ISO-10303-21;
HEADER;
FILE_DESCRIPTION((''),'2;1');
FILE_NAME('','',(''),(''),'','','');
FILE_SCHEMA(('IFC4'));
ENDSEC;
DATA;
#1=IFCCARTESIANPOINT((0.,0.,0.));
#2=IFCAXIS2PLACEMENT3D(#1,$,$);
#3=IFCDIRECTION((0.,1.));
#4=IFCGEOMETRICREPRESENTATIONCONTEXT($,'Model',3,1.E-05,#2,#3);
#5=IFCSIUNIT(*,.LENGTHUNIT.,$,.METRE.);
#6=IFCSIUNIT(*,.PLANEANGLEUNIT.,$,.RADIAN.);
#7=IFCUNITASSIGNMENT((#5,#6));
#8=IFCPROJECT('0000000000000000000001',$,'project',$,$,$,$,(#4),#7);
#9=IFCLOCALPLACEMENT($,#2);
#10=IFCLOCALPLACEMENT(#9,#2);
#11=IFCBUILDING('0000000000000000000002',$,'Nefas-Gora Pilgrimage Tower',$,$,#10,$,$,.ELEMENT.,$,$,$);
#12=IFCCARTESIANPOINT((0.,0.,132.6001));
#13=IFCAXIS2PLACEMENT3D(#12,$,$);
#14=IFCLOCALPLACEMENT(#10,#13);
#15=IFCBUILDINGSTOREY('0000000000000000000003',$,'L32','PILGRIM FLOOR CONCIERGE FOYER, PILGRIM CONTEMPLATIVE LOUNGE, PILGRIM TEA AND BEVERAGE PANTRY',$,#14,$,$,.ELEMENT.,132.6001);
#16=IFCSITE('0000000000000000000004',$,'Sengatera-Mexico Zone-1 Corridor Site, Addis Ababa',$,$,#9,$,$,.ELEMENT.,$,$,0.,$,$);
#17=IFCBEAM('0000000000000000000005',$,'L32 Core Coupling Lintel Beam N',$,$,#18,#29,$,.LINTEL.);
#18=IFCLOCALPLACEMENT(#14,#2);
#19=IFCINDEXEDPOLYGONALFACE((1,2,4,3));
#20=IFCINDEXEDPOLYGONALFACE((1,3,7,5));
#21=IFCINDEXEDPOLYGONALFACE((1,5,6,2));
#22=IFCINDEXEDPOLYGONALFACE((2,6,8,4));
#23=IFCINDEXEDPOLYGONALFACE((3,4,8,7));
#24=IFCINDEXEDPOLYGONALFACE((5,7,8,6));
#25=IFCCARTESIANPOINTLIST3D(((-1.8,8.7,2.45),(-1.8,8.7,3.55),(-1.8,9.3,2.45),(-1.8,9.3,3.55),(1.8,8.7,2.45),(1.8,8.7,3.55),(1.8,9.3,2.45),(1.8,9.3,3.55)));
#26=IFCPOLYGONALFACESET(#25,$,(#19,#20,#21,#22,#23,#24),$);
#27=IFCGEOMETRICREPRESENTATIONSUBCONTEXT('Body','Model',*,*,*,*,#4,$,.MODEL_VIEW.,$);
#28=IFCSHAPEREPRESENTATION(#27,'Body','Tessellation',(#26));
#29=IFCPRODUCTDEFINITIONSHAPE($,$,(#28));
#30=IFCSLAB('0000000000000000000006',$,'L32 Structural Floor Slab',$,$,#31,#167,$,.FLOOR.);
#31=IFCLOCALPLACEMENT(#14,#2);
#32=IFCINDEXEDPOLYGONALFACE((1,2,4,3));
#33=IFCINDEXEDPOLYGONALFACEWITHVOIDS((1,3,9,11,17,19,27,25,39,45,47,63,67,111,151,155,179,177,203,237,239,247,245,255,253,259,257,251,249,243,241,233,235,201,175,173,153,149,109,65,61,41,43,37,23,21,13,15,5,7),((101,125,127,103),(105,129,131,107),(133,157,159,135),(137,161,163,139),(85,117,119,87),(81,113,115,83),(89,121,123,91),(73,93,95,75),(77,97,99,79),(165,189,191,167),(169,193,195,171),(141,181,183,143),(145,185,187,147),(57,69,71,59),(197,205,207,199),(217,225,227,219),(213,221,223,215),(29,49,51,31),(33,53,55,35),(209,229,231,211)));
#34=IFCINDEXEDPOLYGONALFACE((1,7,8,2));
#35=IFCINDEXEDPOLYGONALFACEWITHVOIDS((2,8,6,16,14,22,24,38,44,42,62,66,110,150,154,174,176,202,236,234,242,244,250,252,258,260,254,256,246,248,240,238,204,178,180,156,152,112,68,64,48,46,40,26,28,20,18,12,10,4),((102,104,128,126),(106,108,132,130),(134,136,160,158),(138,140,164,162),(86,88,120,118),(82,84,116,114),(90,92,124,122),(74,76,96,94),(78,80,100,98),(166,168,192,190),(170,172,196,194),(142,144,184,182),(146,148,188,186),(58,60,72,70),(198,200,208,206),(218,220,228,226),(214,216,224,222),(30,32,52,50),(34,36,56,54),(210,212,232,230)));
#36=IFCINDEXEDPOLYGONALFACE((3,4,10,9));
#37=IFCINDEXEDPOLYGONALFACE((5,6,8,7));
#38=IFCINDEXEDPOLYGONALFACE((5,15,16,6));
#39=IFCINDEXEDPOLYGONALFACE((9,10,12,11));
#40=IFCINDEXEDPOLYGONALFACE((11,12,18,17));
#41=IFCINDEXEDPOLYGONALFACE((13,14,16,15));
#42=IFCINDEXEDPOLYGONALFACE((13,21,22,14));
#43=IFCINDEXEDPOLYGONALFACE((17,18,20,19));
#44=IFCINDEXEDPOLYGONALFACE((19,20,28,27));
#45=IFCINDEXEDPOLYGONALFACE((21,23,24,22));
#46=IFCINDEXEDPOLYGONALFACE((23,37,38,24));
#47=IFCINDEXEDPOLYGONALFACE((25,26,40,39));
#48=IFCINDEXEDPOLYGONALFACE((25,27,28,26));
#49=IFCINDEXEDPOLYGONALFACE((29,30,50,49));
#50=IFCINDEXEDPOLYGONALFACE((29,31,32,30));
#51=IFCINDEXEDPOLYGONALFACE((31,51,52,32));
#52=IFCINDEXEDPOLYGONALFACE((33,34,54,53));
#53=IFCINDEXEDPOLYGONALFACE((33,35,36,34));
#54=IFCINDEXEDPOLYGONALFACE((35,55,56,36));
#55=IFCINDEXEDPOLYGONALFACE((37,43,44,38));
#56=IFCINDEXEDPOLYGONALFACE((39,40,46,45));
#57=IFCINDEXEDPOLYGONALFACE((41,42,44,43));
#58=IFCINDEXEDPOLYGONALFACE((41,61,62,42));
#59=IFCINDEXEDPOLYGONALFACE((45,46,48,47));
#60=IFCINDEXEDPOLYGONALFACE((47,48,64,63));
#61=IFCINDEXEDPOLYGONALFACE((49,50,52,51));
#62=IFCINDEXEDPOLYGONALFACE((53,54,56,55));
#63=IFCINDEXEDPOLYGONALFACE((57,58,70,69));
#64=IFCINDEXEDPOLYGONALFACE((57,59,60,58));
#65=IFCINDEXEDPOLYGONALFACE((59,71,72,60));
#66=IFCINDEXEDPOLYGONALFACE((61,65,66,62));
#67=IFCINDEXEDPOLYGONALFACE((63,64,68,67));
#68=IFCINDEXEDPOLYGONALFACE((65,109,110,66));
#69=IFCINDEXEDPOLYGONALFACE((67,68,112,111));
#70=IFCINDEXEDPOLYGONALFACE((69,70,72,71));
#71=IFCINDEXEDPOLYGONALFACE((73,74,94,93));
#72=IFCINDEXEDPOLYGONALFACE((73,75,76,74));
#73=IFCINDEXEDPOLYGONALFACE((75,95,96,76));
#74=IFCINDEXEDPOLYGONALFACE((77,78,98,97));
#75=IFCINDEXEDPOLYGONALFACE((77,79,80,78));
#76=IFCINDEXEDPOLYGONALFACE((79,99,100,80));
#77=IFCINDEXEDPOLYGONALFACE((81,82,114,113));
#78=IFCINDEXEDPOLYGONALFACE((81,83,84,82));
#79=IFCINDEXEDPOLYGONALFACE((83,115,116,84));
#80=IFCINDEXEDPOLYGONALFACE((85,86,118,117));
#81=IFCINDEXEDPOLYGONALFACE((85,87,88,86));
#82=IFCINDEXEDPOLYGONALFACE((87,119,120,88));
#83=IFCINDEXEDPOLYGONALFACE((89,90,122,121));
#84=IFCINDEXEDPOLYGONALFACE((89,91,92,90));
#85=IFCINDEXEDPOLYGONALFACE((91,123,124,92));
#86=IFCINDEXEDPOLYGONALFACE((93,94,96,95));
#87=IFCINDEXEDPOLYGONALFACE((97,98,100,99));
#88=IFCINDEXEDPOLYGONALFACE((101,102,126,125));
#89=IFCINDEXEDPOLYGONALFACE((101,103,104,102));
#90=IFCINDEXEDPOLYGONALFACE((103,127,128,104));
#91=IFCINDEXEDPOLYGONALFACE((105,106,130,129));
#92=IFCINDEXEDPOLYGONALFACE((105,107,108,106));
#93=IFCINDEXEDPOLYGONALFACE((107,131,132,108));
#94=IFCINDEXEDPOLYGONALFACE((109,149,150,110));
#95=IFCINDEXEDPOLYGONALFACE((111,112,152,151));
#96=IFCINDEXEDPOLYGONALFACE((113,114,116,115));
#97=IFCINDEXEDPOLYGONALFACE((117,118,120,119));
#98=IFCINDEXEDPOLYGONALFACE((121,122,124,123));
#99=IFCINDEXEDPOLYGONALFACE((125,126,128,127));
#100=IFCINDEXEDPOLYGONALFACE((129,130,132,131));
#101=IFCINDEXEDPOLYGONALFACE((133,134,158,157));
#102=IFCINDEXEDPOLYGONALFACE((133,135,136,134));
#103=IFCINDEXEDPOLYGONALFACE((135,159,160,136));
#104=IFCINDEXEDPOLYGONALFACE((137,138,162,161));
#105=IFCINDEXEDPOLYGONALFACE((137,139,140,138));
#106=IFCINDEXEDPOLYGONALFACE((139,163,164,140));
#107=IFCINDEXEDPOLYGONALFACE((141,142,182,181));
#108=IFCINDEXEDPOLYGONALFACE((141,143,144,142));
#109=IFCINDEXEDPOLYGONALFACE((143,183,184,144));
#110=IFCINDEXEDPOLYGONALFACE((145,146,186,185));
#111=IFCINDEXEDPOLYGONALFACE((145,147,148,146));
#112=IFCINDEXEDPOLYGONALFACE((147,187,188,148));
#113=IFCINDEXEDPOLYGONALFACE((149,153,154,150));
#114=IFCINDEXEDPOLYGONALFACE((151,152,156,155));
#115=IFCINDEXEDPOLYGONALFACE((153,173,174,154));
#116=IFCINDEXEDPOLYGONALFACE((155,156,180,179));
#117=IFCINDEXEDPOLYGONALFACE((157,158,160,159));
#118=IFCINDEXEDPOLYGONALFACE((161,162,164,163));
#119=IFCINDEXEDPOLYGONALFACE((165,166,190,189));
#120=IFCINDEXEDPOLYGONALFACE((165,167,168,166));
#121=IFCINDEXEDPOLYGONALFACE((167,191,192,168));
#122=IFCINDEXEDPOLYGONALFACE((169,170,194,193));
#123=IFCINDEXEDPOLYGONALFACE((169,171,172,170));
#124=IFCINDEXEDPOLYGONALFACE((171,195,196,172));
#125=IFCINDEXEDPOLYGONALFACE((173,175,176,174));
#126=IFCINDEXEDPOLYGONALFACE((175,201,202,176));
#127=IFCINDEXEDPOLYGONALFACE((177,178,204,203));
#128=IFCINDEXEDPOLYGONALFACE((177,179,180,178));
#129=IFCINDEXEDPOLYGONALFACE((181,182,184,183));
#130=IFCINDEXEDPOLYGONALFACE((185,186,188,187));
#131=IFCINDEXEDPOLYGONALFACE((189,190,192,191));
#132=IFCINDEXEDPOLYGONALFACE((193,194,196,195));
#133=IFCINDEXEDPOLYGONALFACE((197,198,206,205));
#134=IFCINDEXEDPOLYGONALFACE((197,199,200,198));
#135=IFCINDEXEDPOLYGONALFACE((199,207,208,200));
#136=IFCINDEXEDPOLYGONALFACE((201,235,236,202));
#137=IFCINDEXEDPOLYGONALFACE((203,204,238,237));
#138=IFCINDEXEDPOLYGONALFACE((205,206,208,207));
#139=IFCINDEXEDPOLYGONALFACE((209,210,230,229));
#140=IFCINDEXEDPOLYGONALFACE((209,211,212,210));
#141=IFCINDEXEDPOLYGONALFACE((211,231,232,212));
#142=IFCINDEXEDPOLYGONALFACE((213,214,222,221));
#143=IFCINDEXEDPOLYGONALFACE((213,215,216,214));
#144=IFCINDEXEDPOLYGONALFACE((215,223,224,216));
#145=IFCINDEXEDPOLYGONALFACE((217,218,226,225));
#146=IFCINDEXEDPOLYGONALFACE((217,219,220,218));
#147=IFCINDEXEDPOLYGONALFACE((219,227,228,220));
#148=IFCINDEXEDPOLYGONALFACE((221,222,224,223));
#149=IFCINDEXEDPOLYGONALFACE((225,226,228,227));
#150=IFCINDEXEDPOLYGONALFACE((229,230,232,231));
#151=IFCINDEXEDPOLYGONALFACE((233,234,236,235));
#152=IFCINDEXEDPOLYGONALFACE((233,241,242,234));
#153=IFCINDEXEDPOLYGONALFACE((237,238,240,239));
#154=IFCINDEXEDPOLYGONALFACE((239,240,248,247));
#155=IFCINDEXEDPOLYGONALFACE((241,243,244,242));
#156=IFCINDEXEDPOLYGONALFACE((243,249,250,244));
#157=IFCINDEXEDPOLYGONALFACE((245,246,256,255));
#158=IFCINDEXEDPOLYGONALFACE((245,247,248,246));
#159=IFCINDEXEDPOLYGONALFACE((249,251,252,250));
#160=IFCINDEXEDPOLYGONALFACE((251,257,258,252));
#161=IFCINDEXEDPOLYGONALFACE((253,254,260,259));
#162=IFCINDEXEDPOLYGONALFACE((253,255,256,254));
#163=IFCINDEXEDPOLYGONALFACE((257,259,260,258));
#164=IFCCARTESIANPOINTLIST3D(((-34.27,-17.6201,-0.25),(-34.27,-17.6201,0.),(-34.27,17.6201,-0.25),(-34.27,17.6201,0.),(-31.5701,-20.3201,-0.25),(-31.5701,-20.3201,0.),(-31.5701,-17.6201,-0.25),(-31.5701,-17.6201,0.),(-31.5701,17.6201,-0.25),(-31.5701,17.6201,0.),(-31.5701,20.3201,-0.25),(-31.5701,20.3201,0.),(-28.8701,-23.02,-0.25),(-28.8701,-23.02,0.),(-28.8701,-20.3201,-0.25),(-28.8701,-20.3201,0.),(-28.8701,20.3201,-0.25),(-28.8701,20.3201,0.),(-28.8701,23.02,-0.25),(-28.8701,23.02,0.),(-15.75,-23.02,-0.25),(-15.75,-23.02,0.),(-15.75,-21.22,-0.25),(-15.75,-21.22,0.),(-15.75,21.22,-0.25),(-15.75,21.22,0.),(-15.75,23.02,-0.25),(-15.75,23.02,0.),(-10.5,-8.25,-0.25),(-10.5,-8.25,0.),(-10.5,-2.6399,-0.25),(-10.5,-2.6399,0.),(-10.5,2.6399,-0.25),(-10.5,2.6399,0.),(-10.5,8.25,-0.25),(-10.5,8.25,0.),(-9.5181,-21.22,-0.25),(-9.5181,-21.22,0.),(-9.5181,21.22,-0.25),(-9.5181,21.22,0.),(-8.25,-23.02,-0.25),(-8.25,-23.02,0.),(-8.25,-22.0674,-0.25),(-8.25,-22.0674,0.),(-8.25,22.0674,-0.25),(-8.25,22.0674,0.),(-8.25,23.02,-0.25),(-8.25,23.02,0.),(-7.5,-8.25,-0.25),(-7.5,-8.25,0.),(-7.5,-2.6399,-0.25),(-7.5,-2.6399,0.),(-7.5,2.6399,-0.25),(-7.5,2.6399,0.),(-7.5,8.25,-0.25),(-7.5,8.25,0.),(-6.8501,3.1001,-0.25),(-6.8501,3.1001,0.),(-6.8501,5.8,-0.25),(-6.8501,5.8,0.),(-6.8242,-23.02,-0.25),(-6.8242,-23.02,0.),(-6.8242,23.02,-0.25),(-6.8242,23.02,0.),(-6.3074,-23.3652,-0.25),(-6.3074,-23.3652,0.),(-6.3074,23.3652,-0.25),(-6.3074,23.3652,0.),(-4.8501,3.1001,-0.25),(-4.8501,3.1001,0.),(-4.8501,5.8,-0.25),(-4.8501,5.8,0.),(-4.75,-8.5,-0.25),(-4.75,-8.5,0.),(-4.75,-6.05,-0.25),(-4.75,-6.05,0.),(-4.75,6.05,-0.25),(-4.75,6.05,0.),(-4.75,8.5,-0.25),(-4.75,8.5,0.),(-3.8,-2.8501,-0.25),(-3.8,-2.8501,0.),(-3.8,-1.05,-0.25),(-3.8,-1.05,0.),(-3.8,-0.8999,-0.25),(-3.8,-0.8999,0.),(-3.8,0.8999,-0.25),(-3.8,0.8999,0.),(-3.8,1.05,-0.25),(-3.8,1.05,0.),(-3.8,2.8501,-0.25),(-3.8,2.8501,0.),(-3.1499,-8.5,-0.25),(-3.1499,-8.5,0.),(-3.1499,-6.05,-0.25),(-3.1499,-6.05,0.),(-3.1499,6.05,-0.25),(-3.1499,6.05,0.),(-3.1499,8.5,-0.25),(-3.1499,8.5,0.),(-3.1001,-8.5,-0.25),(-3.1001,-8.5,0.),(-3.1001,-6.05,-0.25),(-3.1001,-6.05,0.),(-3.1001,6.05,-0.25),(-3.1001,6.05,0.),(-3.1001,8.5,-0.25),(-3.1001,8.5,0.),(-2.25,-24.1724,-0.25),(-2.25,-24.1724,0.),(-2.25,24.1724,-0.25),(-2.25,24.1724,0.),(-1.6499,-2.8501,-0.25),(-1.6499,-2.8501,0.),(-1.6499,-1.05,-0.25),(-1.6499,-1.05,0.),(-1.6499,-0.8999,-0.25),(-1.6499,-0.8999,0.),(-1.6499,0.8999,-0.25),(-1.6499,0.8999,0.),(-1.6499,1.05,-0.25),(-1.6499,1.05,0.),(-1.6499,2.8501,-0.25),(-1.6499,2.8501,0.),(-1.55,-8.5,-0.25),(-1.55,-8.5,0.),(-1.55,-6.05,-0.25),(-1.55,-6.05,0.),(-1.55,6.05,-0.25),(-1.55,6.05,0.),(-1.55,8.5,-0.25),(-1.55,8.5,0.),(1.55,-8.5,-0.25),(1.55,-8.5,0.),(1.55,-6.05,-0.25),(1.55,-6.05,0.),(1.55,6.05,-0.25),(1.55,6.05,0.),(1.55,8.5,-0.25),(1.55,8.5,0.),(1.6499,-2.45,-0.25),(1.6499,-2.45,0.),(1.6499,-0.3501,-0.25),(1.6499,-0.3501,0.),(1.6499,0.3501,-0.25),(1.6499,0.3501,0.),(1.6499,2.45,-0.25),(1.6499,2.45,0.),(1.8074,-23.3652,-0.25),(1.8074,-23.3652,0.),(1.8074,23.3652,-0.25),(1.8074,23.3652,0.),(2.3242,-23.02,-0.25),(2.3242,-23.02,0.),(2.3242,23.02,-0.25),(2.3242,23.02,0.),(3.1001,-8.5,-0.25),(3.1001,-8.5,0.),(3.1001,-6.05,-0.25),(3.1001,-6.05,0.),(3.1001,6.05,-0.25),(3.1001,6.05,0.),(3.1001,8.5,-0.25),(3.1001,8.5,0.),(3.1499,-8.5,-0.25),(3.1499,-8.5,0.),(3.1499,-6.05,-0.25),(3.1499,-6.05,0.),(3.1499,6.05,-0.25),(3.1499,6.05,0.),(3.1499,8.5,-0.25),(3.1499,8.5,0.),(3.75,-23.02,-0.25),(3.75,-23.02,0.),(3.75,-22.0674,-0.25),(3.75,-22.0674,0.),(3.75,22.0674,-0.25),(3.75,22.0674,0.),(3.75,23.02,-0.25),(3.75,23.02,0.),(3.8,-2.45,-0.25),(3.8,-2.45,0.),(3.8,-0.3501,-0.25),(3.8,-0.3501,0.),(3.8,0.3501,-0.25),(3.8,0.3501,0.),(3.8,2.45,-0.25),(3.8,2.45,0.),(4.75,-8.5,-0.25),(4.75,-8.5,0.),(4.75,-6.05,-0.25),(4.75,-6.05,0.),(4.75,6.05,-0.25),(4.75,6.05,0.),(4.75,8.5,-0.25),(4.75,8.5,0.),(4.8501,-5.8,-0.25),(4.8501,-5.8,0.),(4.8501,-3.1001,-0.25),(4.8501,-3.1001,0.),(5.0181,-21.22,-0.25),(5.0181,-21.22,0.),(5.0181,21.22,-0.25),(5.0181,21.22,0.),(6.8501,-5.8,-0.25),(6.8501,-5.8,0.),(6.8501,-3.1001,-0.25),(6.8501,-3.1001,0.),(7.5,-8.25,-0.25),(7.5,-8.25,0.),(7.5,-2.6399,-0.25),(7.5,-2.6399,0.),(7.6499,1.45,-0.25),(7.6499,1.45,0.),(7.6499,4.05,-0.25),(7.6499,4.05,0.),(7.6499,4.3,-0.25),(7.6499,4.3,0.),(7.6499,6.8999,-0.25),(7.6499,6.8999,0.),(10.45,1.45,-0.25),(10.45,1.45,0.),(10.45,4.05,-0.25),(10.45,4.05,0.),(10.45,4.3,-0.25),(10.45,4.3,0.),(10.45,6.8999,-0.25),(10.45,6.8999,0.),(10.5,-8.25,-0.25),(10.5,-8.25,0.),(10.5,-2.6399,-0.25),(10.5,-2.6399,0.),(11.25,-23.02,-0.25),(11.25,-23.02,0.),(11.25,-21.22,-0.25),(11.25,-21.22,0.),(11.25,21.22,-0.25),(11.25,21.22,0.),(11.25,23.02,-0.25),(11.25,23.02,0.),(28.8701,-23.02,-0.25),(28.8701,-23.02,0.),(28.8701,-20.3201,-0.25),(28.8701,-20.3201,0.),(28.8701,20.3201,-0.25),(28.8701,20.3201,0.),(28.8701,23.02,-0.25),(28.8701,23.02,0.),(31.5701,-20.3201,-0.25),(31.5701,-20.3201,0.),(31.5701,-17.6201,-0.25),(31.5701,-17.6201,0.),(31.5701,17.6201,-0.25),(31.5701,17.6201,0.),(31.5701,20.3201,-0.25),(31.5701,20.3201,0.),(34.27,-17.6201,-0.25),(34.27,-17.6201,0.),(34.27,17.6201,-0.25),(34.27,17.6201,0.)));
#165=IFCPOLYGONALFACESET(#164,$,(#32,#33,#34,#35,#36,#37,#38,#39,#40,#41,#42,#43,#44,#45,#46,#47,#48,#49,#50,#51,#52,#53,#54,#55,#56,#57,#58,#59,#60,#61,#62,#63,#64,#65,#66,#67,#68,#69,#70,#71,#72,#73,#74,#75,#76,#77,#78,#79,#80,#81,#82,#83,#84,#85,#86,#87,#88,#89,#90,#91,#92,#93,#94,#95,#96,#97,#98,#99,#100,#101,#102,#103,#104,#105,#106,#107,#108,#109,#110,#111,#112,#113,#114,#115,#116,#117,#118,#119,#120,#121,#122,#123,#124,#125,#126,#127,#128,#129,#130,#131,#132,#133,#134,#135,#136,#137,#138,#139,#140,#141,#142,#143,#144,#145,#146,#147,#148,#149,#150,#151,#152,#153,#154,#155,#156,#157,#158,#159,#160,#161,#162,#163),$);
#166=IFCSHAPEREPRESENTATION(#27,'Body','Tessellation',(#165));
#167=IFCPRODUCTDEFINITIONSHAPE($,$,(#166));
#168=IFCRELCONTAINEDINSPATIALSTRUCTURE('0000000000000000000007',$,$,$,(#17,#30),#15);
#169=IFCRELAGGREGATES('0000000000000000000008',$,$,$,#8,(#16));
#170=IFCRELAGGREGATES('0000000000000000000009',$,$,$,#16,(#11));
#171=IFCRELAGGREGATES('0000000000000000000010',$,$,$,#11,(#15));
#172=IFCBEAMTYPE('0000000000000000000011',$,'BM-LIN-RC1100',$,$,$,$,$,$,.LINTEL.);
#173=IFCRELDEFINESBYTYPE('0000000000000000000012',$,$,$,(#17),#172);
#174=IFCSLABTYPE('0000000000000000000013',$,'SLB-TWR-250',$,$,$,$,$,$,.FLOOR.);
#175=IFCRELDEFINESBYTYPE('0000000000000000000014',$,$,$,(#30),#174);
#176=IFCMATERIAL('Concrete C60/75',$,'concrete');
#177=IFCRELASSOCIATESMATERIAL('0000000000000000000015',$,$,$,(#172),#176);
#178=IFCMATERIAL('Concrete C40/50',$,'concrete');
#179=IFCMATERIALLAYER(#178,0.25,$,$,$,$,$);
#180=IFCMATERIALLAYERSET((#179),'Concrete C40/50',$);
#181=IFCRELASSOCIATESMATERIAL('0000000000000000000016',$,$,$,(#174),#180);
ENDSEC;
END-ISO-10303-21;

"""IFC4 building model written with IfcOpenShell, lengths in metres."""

from ifc_helpers import new_model, si_unit, direction, frame, origin, origin_2d, place, context, subcontext, project, spatial, polyline, rectangle, outline, extrude, source, transform, mapped, material, layer, layer_set, material_profile, profile_set, type_object, element, save


model = new_model("IFC4")

# Units and contexts
model_context = context("Model", 3, precision=1e-05, world=origin(), true_north=direction((0.0, 1.0)))
body_context = subcontext(model_context, "Body", "Model", "MODEL_VIEW")
ifc_project = project(units=[si_unit("LENGTHUNIT", "METRE"), si_unit("PLANEANGLEUNIT", "RADIAN")], contexts=[model_context])

# Site, building, storey
site_placement = place(None, origin())
site = spatial("IfcSite", under=ifc_project, at=site_placement, Name="Sengatera-Mexico Zone-1 Corridor Site, Addis Ababa", CompositionType="ELEMENT", RefElevation=0.0)
building_placement = place(site_placement, origin())
building = spatial("IfcBuilding", under=site, at=building_placement, Name="Nefas-Gora Pilgrimage Tower", CompositionType="ELEMENT")
storey_placement = place(building_placement, frame((0.0, 0.0, 132.6001)))
storey = spatial("IfcBuildingStorey", under=building, at=storey_placement, Name="L32", Description="PILGRIM FLOOR CONCIERGE FOYER, PILGRIM CONTEMPLATIVE LOUNGE, PILGRIM TEA AND BEVERAGE PANTRY", CompositionType="ELEMENT", Elevation=132.6001)

# Beam
ifc_material_1 = material(Name="Concrete C60/75", Category="concrete")
ifc_material_profile = material_profile(ifc_material_1, rectangle(XDim=0.6001, YDim=1.1001, at=origin_2d()), Name="RC 600x1100")
ifc_profile_set = profile_set([ifc_material_profile], Name="Concrete C60/75")
beam_type = type_object("IfcBeamType", Name="BM-LIN-RC1100", PredefinedType="LINTEL", material=ifc_profile_set)
shared_shape_1 = source(origin(), body_context, "Body", "SweptSolid", [
    extrude(rectangle(XDim=0.6001, YDim=1.1001, at=origin_2d()), origin(), (0.0, 0.0, 1.0), 3.6001),
])
beam_placement = place(storey_placement, frame((-1.8, 9.0, 3.0), z_axis=(1.0, 0.0, 0.0), x_axis=(0.0, 1.0, 0.0)))
element("IfcBeam", 1, at=beam_placement, inside=storey, type_object=beam_type, Name="L32 Core Coupling Lintel Beam N", PredefinedType="LINTEL", context=body_context, shape_type="MappedRepresentation", body=[
    mapped(shared_shape_1, transform((0.0, 0.0, 0.0), x_axis=(1.0, 0.0, 0.0), y_axis=(0.0, 1.0, 0.0), z_axis=(0.0, 0.0, 1.0), scale=1.0)),
])

# Slab
ifc_material_2 = material(Name="Concrete C40/50", Category="concrete")
ifc_layer_1 = layer(ifc_material_2, 0.25)
ifc_layer_set_1 = layer_set([ifc_layer_1], Name="Concrete C40/50")
slab_type_1 = type_object("IfcSlabType", Name="SLB-TWR-250", PredefinedType="FLOOR", material=ifc_layer_set_1)
slab_1_placement = place(storey_placement, frame((0.0, 0.0, -0.25)))
element("IfcSlab", 2, at=slab_1_placement, inside=storey, type_object=slab_type_1, Name="L32 Structural Floor Slab", PredefinedType="FLOOR", context=body_context, shape_type="SweptSolid", body=[
    extrude(outline(polyline([(5.0181, -21.22), (11.25, -21.22), (11.25, -23.02), (28.8701, -23.02), (28.8701, -20.3201), (31.5701, -20.3201), (31.5701, -17.6201), (34.27, -17.6201), (34.27, 17.6201), (31.5701, 17.6201), (31.5701, 20.3201), (28.8701, 20.3201), (28.8701, 23.02), (11.25, 23.02), (11.25, 21.22), (5.0181, 21.22), (3.75, 22.0674), (3.75, 23.02), (2.3242, 23.02), (1.8074, 23.3652), (-2.25, 24.1724), (-6.3074, 23.3652), (-6.8242, 23.02), (-8.25, 23.02), (-8.25, 22.0674), (-9.5181, 21.22), (-15.75, 21.22), (-15.75, 23.02), (-28.8701, 23.02), (-28.8701, 20.3201), (-31.5701, 20.3201), (-31.5701, 17.6201), (-34.27, 17.6201), (-34.27, -17.6201), (-31.5701, -17.6201), (-31.5701, -20.3201), (-28.8701, -20.3201), (-28.8701, -23.02), (-15.75, -23.02), (-15.75, -21.22), (-9.5181, -21.22), (-8.25, -22.0674), (-8.25, -23.02), (-6.8242, -23.02), (-6.3074, -23.3652), (-2.25, -24.1724), (1.8074, -23.3652), (2.3242, -23.02), (3.75, -23.02), (3.75, -22.0674), (5.0181, -21.22)]), holes=[polyline([(-10.5, 2.6399), (-10.5, 8.25), (-7.5, 8.25), (-7.5, 2.6399), (-10.5, 2.6399)]), polyline([(10.5, -2.6399), (10.5, -8.25), (7.5, -8.25), (7.5, -2.6399), (10.5, -2.6399)]), polyline([(-7.5, -2.6399), (-7.5, -8.25), (-10.5, -8.25), (-10.5, -2.6399), (-7.5, -2.6399)]), polyline([(-6.8501, 5.8), (-4.8501, 5.8), (-4.8501, 3.1001), (-6.8501, 3.1001), (-6.8501, 5.8)]), polyline([(4.8501, -3.1001), (6.8501, -3.1001), (6.8501, -5.8), (4.8501, -5.8), (4.8501, -3.1001)]), polyline([(7.6499, 4.05), (10.45, 4.05), (10.45, 1.45), (7.6499, 1.45), (7.6499, 4.05)]), polyline([(7.6499, 6.8999), (10.45, 6.8999), (10.45, 4.3), (7.6499, 4.3), (7.6499, 6.8999)]), polyline([(-4.75, 8.5), (-3.1499, 8.5), (-3.1499, 6.05), (-4.75, 6.05), (-4.75, 8.5)]), polyline([(-3.1001, 8.5), (-1.55, 8.5), (-1.55, 6.05), (-3.1001, 6.05), (-3.1001, 8.5)]), polyline([(1.55, 8.5), (3.1001, 8.5), (3.1001, 6.05), (1.55, 6.05), (1.55, 8.5)]), polyline([(3.1499, 8.5), (4.75, 8.5), (4.75, 6.05), (3.1499, 6.05), (3.1499, 8.5)]), polyline([(-4.75, -6.05), (-3.1499, -6.05), (-3.1499, -8.5), (-4.75, -8.5), (-4.75, -6.05)]), polyline([(-3.1001, -6.05), (-1.55, -6.05), (-1.55, -8.5), (-3.1001, -8.5), (-3.1001, -6.05)]), polyline([(1.55, -6.05), (3.1001, -6.05), (3.1001, -8.5), (1.55, -8.5), (1.55, -6.05)]), polyline([(3.1499, -6.05), (4.75, -6.05), (4.75, -8.5), (3.1499, -8.5), (3.1499, -6.05)]), polyline([(-3.8, -1.05), (-1.6499, -1.05), (-1.6499, -2.8501), (-3.8, -2.8501), (-3.8, -1.05)]), polyline([(-3.8, 0.8999), (-1.6499, 0.8999), (-1.6499, -0.8999), (-3.8, -0.8999), (-3.8, 0.8999)]), polyline([(-3.8, 2.8501), (-1.6499, 2.8501), (-1.6499, 1.05), (-3.8, 1.05), (-3.8, 2.8501)]), polyline([(1.6499, -0.3501), (3.8, -0.3501), (3.8, -2.45), (1.6499, -2.45), (1.6499, -0.3501)]), polyline([(1.6499, 2.45), (3.8, 2.45), (3.8, 0.3501), (1.6499, 0.3501), (1.6499, 2.45)])]), origin(), (0.0, 0.0, 1.0), 0.25),
])

save(model, "model.ifc")
